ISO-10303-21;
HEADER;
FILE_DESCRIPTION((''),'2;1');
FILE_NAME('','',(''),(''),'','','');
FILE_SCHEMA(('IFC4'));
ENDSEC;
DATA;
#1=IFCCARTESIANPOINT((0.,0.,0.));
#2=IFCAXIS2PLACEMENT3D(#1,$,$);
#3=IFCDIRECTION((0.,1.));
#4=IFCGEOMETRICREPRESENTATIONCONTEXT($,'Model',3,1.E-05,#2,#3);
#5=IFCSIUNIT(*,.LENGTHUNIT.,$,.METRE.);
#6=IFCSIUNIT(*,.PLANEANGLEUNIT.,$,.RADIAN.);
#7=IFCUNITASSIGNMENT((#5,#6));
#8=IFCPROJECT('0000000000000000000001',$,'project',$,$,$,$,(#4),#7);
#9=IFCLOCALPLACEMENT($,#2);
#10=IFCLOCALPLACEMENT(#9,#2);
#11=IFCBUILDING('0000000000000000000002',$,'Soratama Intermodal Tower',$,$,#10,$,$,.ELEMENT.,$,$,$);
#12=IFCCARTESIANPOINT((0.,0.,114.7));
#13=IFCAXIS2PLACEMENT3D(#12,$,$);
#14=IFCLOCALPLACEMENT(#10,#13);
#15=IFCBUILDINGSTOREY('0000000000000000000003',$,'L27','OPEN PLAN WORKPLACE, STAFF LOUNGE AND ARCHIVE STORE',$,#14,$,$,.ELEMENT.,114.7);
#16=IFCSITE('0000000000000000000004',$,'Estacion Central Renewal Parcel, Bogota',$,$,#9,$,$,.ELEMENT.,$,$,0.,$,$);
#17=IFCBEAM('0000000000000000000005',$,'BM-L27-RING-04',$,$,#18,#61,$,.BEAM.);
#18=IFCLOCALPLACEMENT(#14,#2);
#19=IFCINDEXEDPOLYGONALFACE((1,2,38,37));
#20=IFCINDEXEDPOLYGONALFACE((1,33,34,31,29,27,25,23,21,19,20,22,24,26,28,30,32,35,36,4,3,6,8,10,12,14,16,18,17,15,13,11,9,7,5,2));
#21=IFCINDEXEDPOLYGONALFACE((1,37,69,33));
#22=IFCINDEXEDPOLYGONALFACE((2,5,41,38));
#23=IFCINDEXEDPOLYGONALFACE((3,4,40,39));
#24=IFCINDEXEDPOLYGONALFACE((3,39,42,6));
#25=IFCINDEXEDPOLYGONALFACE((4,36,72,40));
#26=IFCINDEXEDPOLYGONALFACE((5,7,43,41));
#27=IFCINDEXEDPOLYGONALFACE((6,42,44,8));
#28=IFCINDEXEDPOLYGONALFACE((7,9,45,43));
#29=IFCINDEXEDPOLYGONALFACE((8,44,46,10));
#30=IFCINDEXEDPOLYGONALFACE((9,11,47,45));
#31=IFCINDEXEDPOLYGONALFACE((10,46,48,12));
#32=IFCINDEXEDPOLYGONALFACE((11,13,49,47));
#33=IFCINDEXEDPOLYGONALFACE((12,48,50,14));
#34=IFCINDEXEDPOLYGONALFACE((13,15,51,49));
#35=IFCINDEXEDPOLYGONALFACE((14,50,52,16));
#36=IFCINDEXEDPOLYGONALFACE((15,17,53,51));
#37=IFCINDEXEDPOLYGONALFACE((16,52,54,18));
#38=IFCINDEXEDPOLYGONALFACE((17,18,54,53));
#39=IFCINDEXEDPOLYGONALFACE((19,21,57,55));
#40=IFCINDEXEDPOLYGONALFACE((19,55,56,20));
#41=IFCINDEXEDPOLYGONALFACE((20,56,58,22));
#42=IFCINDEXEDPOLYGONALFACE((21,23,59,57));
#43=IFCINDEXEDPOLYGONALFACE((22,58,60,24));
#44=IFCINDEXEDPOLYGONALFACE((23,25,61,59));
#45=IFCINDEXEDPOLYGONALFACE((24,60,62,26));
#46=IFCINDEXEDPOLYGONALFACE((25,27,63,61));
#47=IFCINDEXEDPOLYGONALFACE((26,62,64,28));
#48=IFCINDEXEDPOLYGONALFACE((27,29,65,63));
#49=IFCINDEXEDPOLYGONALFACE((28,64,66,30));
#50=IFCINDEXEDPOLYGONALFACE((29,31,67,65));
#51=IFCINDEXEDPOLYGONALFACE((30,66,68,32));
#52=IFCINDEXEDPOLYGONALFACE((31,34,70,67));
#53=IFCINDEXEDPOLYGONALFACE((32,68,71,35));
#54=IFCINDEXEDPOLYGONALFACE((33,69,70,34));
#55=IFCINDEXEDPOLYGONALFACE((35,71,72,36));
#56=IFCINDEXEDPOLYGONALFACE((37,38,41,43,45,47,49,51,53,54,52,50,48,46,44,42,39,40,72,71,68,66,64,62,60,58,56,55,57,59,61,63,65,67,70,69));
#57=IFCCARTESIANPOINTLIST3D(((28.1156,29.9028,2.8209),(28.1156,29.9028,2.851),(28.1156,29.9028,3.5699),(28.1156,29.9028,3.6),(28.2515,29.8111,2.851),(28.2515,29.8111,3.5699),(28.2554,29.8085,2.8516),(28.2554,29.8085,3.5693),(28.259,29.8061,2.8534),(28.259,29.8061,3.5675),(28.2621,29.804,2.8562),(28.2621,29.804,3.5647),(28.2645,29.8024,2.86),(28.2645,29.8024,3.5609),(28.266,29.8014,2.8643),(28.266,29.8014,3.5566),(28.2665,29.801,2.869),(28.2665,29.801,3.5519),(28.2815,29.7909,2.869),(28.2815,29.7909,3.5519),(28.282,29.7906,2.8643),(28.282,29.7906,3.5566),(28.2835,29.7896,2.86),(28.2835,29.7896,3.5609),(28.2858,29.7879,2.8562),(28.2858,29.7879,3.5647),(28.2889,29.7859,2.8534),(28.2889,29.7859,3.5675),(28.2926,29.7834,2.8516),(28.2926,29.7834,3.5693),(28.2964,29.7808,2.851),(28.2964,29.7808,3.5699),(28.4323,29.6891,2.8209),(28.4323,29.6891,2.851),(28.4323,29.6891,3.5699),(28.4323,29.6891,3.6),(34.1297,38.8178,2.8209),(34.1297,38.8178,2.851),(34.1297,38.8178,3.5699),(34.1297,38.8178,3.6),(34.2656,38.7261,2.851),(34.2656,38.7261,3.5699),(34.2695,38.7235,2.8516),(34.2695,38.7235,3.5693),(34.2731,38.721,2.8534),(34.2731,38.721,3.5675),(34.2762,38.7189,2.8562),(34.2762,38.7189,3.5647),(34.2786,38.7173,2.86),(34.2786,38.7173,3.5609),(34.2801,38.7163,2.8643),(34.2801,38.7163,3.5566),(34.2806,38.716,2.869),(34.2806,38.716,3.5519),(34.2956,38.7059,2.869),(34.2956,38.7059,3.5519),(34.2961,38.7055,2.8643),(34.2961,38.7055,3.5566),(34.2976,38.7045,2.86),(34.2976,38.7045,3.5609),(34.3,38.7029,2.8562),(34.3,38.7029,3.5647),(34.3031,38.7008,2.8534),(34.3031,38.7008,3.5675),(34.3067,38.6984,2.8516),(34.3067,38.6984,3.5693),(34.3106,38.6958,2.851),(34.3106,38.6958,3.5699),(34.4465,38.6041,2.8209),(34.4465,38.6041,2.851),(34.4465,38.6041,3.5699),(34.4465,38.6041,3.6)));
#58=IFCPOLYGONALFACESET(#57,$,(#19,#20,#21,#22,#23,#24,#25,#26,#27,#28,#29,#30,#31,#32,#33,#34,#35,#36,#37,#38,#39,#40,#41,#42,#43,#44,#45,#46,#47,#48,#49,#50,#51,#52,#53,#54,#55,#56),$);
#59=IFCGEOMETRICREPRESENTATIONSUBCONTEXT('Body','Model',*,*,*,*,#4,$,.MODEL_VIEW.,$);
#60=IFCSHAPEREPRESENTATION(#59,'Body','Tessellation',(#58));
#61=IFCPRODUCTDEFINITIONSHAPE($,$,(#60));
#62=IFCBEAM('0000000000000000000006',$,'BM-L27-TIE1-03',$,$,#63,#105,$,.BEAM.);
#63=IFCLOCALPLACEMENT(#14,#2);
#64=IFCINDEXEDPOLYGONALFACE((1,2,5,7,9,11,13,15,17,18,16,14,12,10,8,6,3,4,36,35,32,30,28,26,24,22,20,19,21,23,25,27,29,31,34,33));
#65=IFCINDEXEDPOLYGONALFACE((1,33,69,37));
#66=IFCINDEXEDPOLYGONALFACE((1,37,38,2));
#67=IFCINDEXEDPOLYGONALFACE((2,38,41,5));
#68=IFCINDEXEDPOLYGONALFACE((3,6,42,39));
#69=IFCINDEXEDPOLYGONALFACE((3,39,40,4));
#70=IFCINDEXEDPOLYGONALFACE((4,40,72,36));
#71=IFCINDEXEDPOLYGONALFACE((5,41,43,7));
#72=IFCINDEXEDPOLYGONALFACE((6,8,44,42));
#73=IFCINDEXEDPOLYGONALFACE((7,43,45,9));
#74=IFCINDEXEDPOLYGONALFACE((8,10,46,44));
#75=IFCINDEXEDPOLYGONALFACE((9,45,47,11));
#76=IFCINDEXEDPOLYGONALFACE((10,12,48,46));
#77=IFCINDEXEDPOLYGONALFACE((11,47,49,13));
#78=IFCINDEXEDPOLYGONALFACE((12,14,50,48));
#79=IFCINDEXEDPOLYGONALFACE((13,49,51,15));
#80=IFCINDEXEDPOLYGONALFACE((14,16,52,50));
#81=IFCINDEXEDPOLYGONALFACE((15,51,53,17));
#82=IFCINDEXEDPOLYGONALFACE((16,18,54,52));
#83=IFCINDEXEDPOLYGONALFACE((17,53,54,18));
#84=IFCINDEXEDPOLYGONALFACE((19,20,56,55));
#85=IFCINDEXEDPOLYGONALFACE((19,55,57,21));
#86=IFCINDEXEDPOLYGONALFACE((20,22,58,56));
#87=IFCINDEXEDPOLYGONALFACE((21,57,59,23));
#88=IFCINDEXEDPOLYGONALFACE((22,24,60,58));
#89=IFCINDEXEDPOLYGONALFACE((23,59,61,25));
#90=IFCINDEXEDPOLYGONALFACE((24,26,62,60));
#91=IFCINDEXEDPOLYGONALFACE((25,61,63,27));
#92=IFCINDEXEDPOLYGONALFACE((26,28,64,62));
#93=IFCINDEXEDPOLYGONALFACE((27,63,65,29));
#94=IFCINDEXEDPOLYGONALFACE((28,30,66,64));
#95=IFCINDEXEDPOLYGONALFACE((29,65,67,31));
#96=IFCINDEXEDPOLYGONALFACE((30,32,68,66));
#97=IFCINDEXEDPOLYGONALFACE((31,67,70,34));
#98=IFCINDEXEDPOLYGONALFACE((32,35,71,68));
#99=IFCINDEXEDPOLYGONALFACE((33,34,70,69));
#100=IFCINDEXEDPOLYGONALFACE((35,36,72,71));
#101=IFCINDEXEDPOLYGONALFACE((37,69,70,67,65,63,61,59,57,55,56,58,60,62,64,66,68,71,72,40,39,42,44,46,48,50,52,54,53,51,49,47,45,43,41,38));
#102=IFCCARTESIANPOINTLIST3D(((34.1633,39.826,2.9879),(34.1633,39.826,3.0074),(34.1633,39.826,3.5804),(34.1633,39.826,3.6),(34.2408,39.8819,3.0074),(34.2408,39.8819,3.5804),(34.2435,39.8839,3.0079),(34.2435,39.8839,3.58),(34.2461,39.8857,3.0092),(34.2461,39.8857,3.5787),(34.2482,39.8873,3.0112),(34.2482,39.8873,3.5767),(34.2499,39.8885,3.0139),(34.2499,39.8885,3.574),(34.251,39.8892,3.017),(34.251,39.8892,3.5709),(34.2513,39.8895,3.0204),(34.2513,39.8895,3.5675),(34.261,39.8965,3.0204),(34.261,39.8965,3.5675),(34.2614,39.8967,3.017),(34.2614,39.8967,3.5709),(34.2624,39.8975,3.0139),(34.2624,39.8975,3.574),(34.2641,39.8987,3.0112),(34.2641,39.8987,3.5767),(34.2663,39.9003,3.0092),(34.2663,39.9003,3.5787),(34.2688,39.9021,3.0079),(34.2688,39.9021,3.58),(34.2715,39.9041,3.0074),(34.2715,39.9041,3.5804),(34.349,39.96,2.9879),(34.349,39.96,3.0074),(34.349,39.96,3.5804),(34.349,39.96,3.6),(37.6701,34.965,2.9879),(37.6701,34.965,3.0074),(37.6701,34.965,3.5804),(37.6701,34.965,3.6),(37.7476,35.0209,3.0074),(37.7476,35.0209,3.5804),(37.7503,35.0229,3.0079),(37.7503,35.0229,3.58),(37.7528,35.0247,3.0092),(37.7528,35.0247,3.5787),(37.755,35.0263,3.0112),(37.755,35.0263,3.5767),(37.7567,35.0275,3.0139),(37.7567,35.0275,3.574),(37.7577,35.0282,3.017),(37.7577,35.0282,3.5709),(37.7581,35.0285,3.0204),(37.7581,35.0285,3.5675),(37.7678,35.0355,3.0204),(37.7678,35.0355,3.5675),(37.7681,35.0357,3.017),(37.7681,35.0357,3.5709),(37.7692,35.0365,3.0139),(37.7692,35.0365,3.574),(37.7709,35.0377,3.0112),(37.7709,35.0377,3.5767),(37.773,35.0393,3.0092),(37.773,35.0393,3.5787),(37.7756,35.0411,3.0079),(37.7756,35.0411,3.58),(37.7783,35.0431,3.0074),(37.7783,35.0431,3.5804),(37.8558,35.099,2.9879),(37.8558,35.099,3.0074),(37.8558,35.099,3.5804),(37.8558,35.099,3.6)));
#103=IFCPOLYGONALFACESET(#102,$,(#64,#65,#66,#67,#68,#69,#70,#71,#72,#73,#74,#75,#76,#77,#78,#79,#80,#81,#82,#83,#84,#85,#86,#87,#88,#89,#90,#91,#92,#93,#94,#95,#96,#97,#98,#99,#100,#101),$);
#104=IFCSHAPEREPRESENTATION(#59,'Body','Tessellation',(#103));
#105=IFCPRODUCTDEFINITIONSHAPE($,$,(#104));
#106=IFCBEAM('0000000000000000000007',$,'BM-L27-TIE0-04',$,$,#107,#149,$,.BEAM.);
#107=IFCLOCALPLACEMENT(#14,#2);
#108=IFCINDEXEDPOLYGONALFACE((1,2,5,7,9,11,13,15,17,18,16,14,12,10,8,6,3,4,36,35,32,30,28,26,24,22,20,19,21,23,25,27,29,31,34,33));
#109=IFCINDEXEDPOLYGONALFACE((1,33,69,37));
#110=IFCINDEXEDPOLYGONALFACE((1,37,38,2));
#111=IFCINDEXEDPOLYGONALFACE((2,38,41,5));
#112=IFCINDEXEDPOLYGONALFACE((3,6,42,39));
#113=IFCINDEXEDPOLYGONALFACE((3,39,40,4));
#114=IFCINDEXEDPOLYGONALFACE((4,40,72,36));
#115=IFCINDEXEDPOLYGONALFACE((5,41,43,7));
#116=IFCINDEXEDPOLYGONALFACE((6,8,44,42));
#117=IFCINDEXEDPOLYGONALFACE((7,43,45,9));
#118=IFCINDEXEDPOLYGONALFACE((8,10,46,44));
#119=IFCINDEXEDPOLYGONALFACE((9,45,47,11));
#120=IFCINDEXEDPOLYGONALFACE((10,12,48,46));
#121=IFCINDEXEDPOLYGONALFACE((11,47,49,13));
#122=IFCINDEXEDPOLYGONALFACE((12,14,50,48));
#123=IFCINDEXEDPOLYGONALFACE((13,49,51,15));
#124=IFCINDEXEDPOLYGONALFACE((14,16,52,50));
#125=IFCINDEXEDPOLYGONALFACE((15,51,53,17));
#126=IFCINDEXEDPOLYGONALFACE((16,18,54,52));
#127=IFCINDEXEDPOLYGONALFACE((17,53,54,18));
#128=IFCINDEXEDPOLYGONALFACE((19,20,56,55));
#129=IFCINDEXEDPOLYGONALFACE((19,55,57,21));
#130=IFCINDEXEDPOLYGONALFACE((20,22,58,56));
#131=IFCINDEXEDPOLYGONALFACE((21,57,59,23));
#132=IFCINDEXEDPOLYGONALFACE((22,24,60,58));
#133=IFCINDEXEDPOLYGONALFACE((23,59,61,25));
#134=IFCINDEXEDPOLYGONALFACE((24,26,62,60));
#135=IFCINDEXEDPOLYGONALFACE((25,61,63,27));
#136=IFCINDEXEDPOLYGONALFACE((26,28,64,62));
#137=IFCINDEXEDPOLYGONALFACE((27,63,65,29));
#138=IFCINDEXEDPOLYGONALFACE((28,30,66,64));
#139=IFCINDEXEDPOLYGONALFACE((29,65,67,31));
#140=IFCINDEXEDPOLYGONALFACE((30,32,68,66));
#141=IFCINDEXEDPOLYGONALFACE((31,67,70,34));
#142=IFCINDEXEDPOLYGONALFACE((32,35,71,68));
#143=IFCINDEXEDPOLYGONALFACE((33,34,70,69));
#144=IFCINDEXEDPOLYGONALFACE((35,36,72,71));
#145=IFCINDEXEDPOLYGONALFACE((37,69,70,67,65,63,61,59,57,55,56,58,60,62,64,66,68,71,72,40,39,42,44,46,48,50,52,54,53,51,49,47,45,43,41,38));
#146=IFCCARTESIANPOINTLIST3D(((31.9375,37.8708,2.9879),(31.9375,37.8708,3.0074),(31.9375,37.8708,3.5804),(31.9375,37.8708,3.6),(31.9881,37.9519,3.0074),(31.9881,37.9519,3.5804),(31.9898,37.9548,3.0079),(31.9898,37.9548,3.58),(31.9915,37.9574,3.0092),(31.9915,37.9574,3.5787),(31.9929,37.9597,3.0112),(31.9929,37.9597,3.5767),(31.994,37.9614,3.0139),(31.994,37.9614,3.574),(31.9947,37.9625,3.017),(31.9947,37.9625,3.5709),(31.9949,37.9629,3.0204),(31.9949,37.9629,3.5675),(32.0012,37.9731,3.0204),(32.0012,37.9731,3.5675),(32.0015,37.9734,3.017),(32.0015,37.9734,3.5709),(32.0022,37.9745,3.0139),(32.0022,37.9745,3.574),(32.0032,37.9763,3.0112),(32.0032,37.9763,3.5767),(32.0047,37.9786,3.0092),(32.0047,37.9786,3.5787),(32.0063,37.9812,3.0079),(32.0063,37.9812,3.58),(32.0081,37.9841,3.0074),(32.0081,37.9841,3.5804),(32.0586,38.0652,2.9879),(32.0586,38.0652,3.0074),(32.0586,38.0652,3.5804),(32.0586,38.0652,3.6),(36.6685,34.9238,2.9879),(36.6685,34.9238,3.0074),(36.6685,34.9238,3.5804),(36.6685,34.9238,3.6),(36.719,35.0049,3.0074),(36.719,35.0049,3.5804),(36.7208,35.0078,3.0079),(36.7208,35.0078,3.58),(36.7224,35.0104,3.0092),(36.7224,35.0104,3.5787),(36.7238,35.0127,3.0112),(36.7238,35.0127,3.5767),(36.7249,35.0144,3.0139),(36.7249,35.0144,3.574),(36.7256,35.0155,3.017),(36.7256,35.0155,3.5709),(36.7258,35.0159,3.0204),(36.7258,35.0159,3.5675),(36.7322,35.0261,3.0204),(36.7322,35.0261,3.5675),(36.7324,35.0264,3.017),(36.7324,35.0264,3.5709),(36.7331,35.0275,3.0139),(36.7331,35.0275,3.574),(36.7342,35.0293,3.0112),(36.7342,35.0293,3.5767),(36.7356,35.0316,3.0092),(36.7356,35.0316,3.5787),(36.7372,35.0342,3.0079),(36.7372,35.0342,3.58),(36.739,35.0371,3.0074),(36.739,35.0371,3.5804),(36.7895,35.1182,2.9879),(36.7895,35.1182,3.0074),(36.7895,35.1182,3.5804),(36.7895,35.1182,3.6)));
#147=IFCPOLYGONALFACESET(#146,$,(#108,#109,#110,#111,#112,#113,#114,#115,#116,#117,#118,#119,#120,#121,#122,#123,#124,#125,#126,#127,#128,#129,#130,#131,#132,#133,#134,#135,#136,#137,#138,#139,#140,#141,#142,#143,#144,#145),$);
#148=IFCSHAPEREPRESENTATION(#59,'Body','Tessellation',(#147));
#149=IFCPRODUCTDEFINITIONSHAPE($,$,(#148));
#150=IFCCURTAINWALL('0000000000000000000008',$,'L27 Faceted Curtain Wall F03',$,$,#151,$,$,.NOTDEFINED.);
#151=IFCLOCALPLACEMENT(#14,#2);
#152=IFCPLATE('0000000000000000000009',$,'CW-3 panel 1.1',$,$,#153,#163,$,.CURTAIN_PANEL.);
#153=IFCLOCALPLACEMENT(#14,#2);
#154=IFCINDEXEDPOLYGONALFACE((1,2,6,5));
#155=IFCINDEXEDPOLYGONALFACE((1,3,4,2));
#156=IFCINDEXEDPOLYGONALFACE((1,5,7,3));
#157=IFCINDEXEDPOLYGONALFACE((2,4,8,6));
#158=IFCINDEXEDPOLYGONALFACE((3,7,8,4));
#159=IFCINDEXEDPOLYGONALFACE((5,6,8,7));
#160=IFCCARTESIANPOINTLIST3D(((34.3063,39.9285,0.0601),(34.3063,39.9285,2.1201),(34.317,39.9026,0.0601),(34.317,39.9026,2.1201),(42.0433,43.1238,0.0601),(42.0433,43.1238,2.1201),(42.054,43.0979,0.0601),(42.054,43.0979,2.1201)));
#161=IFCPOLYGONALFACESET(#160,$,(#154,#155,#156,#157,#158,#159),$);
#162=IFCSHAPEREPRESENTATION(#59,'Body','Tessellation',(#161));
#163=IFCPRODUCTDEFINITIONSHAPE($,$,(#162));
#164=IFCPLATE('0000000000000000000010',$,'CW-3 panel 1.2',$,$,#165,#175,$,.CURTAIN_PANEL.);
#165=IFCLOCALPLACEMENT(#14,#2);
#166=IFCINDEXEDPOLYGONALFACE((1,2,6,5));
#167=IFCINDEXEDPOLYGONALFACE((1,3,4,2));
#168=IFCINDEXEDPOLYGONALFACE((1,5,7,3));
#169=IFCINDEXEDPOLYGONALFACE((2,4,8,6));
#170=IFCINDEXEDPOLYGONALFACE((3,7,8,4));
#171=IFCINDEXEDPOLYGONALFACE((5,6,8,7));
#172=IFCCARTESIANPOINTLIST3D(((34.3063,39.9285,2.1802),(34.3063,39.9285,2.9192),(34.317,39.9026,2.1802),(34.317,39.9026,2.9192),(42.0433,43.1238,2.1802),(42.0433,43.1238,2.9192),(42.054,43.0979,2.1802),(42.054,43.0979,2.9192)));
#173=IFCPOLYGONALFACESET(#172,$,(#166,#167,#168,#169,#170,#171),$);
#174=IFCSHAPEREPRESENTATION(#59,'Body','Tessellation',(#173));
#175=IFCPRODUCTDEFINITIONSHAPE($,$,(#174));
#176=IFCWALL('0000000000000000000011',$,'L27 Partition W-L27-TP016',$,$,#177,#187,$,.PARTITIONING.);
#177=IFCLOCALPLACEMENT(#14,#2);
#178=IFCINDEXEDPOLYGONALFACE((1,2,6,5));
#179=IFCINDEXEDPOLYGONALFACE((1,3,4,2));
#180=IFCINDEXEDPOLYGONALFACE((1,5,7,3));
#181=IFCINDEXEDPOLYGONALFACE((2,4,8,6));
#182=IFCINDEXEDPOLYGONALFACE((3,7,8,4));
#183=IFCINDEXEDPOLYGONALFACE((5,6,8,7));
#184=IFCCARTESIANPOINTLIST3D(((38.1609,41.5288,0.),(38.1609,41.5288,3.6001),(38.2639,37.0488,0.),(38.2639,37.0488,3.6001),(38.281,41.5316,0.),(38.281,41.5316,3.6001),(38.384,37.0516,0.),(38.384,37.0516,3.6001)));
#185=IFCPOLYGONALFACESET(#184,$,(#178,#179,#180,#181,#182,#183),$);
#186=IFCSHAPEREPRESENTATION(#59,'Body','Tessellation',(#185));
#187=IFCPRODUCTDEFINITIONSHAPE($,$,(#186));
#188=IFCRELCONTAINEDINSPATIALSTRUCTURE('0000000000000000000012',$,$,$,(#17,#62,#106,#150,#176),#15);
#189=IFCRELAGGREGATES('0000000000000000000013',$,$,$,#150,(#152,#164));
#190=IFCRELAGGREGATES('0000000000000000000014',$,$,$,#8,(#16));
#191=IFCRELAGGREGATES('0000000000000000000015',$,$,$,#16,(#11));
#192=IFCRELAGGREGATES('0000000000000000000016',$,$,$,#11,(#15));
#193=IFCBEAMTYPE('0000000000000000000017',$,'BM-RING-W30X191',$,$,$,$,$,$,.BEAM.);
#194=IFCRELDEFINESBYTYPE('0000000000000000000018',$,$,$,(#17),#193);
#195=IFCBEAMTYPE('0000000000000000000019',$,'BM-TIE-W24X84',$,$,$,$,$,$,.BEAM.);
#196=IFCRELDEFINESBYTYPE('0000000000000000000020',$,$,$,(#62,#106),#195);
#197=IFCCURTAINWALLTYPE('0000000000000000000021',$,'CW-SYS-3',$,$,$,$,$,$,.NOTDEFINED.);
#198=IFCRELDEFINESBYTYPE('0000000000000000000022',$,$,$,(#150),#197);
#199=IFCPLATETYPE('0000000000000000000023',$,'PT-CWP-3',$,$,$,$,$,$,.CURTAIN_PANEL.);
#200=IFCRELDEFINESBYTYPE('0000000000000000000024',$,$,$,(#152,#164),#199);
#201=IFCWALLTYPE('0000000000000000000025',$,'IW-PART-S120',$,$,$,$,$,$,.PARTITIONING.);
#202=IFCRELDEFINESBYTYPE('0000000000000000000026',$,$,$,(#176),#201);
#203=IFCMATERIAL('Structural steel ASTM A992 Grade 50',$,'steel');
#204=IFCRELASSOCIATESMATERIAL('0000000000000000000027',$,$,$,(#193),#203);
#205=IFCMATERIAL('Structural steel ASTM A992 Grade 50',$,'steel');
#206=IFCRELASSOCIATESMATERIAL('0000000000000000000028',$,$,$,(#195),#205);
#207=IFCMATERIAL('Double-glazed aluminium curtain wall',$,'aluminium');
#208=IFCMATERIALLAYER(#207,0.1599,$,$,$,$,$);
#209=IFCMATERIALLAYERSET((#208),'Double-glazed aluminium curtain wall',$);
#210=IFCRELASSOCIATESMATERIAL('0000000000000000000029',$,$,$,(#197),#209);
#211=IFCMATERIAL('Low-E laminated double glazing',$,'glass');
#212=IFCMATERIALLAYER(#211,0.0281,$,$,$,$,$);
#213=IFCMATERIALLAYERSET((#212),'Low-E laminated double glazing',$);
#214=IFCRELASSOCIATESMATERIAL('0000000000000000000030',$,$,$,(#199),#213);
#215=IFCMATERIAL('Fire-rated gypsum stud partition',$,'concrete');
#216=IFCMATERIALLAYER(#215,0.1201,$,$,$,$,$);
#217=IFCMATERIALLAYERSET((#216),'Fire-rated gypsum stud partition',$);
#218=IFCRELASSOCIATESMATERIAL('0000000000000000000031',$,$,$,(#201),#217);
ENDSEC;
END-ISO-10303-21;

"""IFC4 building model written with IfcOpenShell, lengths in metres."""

from ifc_helpers import new_model, si_unit, direction, frame, frame_2d, origin, origin_2d, place, context, subcontext, project, spatial, rectangle, i_section, extrude, material, layer, layer_set, material_profile, profile_set, type_object, element, aggregate, save


model = new_model("IFC4")

# Units and contexts
model_context = context("Model", 3, precision=1e-05, world=origin(), true_north=direction((0.0, 1.0)))
body_context = subcontext(model_context, "Body", "Model", "MODEL_VIEW")
ifc_project = project(units=[si_unit("LENGTHUNIT", "METRE"), si_unit("PLANEANGLEUNIT", "RADIAN")], contexts=[model_context])

# Site, building, storey
site_placement = place(None, origin())
site = spatial("IfcSite", under=ifc_project, at=site_placement, Name="Estacion Central Renewal Parcel, Bogota", CompositionType="ELEMENT", RefElevation=0.0)
building_placement = place(site_placement, origin())
building = spatial("IfcBuilding", under=site, at=building_placement, Name="Soratama Intermodal Tower", CompositionType="ELEMENT")
storey_placement = place(building_placement, frame((0.0, 0.0, 114.7)))
storey = spatial("IfcBuildingStorey", under=building, at=storey_placement, Name="L27", Description="OPEN PLAN WORKPLACE, STAFF LOUNGE AND ARCHIVE STORE", CompositionType="ELEMENT", Elevation=114.7)

# Beams
ifc_material_1 = material(Name="Structural steel ASTM A992 Grade 50", Category="steel")
ifc_material_profile_1 = material_profile(ifc_material_1, i_section(OverallWidth=0.3821, OverallDepth=0.7791, WebThickness=0.0181, FlangeThickness=0.03, FilletRadius=0.0181, at=origin_2d()), Name="W30X191")
ifc_profile_set_1 = profile_set([ifc_material_profile_1], Name="Structural steel ASTM A992 Grade 50")
beam_type_1 = type_object("IfcBeamType", Name="BM-RING-W30X191", PredefinedType="BEAM", material=ifc_profile_set_1)
beam_1_placement = place(storey_placement, frame((34.2881, 38.7109, 3.2104), z_axis=(-0.55925, -0.828999, 0.0), x_axis=(0.828999, -0.55925, 0.0)))
element("IfcBeam", 1, at=beam_1_placement, inside=storey, type_object=beam_type_1, Name="BM-L27-RING-04", PredefinedType="BEAM", context=body_context, shape_type="SweptSolid", body=[
    extrude(i_section(OverallWidth=0.3821, OverallDepth=0.7791, WebThickness=0.0181, FlangeThickness=0.03, FilletRadius=0.0181, at=origin_2d()), origin(), (0.0, 0.0, 1.0), 10.7539),
])
ifc_material_2 = material(Name="Structural steel ASTM A992 Grade 50", Category="steel")
ifc_material_profile_2 = material_profile(ifc_material_2, i_section(OverallWidth=0.229, OverallDepth=0.6121, WebThickness=0.012, FlangeThickness=0.0195, FilletRadius=0.0129, at=origin_2d()), Name="W24X84")
ifc_profile_set_2 = profile_set([ifc_material_profile_2], Name="Structural steel ASTM A992 Grade 50")
beam_type_2 = type_object("IfcBeamType", Name="BM-TIE-W24X84", PredefinedType="BEAM", material=ifc_profile_set_2)
beam_2_placement = place(storey_placement, frame((37.7629, 35.032, 3.2939), z_axis=(-0.585058, 0.810992, 0.0), x_axis=(-0.810992, -0.585058, 0.0)))
element("IfcBeam", 2, at=beam_2_placement, inside=storey, type_object=beam_type_2, Name="BM-L27-TIE1-03", PredefinedType="BEAM", context=body_context, shape_type="SweptSolid", body=[
    extrude(i_section(OverallWidth=0.229, OverallDepth=0.6121, WebThickness=0.012, FlangeThickness=0.0195, FilletRadius=0.0129, at=origin_2d()), origin(), (0.0, 0.0, 1.0), 5.9939),
])
beam_3_placement = place(storey_placement, frame((36.729, 35.021, 3.2939), z_axis=(-0.84879, 0.528731, 0.0), x_axis=(-0.528731, -0.84879, 0.0)))
element("IfcBeam", 3, at=beam_3_placement, inside=storey, type_object=beam_type_2, Name="BM-L27-TIE0-04", PredefinedType="BEAM", context=body_context, shape_type="SweptSolid", body=[
    extrude(i_section(OverallWidth=0.229, OverallDepth=0.6121, WebThickness=0.012, FlangeThickness=0.0195, FilletRadius=0.0129, at=origin_2d()), origin(), (0.0, 0.0, 1.0), 5.5737),
])

# Curtain wall, plates
ifc_material_3 = material(Name="Double-glazed aluminium curtain wall", Category="aluminium")
ifc_layer_1 = layer(ifc_material_3, 0.1599)
ifc_layer_set_1 = layer_set([ifc_layer_1], Name="Double-glazed aluminium curtain wall")
curtain_wall_type = type_object("IfcCurtainWallType", Name="CW-SYS-3", PredefinedType="NOTDEFINED", material=ifc_layer_set_1)
curtain_wall_placement = place(storey_placement, origin())
curtain_wall = element("IfcCurtainWall", 4, at=curtain_wall_placement, inside=storey, type_object=curtain_wall_type, Name="L27 Faceted Curtain Wall F03", PredefinedType="NOTDEFINED")
ifc_material_4 = material(Name="Low-E laminated double glazing", Category="glass")
ifc_layer_2 = layer(ifc_material_4, 0.0281)
ifc_layer_set_2 = layer_set([ifc_layer_2], Name="Low-E laminated double glazing")
plate_type = type_object("IfcPlateType", Name="PT-CWP-3", PredefinedType="CURTAIN_PANEL", material=ifc_layer_set_2)
plate_1_placement = place(storey_placement, frame((38.1802, 41.5132, 0.0601), z_axis=(0.0, 0.0, 1.0), x_axis=(-0.924279, -0.381718, 0.0)))
plate_1 = element("IfcPlate", 5, at=plate_1_placement, type_object=plate_type, Name="CW-3 panel 1.1", PredefinedType="CURTAIN_PANEL", context=body_context, shape_type="SweptSolid", body=[
    extrude(rectangle(XDim=8.3708, YDim=0.0281, at=origin_2d()), origin(), (0.0, 0.0, 1.0), 2.0601),
])
plate_2_placement = place(storey_placement, frame((38.1802, 41.5132, 2.1802), z_axis=(0.0, 0.0, 1.0), x_axis=(-0.924279, -0.381718, 0.0)))
plate_2 = element("IfcPlate", 6, at=plate_2_placement, type_object=plate_type, Name="CW-3 panel 1.2", PredefinedType="CURTAIN_PANEL", context=body_context, shape_type="SweptSolid", body=[
    extrude(rectangle(XDim=8.3708, YDim=0.0281, at=origin_2d()), origin(), (0.0, 0.0, 1.0), 0.739),
])
aggregate(curtain_wall, [plate_1, plate_2])

# Wall
ifc_material_5 = material(Name="Fire-rated gypsum stud partition", Category="concrete")
ifc_layer_3 = layer(ifc_material_5, 0.1201)
ifc_layer_set_3 = layer_set([ifc_layer_3], Name="Fire-rated gypsum stud partition")
wall_type_1 = type_object("IfcWallType", Name="IW-PART-S120", PredefinedType="PARTITIONING", material=ifc_layer_set_3)
wall_1_placement = place(storey_placement, frame((38.324, 37.05, 0.0), z_axis=(0.0, 0.0, 1.0), x_axis=(-0.022991, 0.999736, 0.0)))
element("IfcWall", 7, at=wall_1_placement, inside=storey, type_object=wall_type_1, Name="L27 Partition W-L27-TP016", PredefinedType="PARTITIONING", context=body_context, shape_type="SweptSolid", body=[
    extrude(rectangle(XDim=4.4812, YDim=0.1201, at=frame_2d((2.2407, 0.0))), origin(), (0.0, 0.0, 1.0), 3.6001),
])

save(model, "model.ifc")
